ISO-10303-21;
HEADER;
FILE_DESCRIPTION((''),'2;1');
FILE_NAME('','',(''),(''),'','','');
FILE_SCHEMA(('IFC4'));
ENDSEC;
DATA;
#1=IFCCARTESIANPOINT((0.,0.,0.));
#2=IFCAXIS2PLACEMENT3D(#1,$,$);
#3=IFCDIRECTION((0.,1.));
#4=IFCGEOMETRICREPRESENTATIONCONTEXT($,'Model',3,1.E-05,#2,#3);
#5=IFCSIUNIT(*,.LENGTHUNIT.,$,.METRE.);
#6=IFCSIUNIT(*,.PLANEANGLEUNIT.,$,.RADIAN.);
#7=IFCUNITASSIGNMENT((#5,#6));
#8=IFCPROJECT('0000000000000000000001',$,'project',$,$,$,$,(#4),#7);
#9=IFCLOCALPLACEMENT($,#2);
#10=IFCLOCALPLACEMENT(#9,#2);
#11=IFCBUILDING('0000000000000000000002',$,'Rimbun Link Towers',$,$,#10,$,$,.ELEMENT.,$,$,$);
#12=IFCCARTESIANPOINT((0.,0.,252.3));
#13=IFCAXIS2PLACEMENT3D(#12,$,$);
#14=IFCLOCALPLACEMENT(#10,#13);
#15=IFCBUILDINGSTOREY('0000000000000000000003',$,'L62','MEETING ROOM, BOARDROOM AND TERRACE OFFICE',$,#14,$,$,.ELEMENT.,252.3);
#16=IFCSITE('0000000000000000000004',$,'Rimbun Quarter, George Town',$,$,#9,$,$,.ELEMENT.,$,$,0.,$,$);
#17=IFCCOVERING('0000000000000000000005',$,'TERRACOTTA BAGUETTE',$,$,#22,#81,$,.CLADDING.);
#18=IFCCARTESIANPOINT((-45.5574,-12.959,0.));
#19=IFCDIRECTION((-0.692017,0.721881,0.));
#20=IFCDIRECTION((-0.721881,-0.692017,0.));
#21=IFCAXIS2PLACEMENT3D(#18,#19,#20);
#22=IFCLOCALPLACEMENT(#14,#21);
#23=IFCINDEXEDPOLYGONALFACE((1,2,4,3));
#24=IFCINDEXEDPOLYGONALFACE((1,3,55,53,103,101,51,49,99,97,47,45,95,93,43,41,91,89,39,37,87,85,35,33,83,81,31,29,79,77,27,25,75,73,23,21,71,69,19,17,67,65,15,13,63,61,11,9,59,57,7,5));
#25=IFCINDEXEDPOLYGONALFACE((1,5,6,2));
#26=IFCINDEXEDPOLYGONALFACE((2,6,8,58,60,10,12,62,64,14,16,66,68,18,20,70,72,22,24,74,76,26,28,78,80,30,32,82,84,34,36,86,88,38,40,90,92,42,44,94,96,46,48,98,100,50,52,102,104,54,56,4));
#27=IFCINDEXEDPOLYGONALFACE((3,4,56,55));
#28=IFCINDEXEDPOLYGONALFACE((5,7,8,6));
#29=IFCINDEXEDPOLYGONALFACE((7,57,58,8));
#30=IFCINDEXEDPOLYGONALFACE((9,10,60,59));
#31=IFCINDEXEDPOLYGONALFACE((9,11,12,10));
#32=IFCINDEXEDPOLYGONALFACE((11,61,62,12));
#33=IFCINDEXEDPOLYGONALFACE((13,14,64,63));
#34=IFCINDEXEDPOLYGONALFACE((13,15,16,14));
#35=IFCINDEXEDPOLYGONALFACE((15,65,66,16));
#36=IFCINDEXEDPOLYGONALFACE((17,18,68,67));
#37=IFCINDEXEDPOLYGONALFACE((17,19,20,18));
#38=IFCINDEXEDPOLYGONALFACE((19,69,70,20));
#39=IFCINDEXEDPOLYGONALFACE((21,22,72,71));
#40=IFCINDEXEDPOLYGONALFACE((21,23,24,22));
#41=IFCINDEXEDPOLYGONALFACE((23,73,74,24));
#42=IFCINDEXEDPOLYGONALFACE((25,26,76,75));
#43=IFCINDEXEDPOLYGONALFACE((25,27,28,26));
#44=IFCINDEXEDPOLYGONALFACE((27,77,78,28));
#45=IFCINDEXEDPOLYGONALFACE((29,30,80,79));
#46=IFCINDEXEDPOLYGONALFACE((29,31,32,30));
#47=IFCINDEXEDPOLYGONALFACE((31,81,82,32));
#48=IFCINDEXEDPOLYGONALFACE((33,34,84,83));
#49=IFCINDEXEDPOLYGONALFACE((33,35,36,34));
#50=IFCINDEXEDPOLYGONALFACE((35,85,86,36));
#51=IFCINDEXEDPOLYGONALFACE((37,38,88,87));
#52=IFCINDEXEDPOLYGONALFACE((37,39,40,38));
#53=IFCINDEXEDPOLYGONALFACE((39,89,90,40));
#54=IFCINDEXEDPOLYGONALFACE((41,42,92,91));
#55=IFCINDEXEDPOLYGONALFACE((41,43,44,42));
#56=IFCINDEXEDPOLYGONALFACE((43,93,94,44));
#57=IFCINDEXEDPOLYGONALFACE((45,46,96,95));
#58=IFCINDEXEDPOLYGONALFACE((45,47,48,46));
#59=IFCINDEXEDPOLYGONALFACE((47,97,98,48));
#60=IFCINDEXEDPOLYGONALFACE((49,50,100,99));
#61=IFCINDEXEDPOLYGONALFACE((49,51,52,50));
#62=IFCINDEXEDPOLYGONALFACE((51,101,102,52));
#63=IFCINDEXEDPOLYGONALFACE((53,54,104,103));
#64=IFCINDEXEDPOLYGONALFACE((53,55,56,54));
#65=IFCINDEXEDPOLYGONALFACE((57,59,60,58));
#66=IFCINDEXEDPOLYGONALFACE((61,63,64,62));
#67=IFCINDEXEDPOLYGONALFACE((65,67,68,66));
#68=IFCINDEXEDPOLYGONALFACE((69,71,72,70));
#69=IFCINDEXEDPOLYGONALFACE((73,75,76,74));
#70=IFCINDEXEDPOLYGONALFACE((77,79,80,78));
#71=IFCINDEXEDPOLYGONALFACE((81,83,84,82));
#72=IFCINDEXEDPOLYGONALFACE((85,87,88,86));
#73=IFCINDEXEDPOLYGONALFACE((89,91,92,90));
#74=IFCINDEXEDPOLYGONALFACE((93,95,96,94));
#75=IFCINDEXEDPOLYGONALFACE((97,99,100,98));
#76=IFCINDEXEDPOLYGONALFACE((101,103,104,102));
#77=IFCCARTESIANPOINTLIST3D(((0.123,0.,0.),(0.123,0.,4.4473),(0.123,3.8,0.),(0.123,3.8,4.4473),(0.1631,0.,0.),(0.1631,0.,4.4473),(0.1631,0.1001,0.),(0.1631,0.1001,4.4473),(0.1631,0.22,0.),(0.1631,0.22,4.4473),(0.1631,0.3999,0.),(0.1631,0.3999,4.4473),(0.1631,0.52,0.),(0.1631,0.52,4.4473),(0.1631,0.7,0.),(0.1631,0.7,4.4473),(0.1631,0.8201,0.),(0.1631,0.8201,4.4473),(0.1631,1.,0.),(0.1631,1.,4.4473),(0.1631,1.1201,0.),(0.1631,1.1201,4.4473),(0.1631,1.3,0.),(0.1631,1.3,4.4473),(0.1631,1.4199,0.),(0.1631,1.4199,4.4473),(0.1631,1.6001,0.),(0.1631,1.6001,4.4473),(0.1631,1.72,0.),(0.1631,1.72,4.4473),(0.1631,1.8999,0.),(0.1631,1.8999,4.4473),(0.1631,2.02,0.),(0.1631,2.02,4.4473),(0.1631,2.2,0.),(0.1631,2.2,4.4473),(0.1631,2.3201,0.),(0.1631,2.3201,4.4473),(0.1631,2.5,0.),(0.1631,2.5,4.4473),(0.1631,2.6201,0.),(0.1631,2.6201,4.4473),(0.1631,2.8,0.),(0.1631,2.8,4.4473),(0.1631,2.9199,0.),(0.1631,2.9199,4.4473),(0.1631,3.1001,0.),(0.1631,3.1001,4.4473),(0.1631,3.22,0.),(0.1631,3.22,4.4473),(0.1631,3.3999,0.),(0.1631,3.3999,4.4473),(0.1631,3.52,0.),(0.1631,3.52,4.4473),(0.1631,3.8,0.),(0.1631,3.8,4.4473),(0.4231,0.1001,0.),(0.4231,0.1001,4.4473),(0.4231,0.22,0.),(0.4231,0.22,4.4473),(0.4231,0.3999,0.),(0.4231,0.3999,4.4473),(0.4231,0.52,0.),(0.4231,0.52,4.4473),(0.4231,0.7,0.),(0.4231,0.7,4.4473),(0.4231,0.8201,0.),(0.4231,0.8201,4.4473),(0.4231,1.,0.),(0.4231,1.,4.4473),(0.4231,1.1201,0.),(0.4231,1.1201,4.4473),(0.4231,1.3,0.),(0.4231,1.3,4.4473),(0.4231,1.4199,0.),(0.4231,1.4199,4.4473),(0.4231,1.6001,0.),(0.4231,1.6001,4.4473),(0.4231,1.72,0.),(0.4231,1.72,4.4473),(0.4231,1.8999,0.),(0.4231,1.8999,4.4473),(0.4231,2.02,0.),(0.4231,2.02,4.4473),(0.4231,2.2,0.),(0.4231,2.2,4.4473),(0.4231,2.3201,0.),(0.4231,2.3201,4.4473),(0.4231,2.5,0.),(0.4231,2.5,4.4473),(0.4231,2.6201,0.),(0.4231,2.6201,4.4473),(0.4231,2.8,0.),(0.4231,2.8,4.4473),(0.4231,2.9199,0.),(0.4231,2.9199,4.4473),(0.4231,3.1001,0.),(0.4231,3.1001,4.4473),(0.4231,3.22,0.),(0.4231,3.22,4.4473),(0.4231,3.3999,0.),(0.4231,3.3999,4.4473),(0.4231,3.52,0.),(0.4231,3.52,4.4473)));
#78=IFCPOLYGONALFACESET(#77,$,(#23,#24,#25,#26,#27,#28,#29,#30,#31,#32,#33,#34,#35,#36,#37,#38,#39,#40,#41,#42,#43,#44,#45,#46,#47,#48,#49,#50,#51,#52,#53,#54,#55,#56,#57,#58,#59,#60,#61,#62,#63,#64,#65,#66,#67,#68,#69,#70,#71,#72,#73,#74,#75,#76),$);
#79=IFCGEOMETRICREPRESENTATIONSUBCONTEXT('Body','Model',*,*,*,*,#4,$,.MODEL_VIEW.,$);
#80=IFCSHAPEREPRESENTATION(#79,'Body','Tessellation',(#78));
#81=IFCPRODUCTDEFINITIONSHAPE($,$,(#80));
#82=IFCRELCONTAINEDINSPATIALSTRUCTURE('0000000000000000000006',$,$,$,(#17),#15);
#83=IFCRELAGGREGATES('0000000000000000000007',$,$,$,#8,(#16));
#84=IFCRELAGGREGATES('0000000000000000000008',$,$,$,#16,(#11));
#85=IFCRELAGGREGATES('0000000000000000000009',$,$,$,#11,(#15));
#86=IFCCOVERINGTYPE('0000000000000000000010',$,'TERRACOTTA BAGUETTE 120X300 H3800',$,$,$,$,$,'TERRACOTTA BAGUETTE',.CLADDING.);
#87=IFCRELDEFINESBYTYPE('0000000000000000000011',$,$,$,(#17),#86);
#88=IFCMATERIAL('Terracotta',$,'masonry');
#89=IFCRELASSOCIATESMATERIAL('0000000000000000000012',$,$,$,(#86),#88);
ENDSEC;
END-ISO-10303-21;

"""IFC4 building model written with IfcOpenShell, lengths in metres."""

from ifc_helpers import new_model, si_unit, direction, frame, origin, place, context, subcontext, project, spatial, polyline, outline, extrude, material, material_profile, profile_set, type_object, element, save


model = new_model("IFC4")

# Units and contexts
model_context = context("Model", 3, precision=1e-05, world=origin(), true_north=direction((0.0, 1.0)))
body_context = subcontext(model_context, "Body", "Model", "MODEL_VIEW")
ifc_project = project(units=[si_unit("LENGTHUNIT", "METRE"), si_unit("PLANEANGLEUNIT", "RADIAN")], contexts=[model_context])

# Site, building, storey
site_placement = place(None, origin())
site = spatial("IfcSite", under=ifc_project, at=site_placement, Name="Rimbun Quarter, George Town", CompositionType="ELEMENT", RefElevation=0.0)
building_placement = place(site_placement, origin())
building = spatial("IfcBuilding", under=site, at=building_placement, Name="Rimbun Link Towers", CompositionType="ELEMENT")
storey_placement = place(building_placement, frame((0.0, 0.0, 252.3)))
storey = spatial("IfcBuildingStorey", under=building, at=storey_placement, Name="L62", Description="MEETING ROOM, BOARDROOM AND TERRACE OFFICE", CompositionType="ELEMENT", Elevation=252.3)

# Covering
ifc_material_1 = material(Name="Terracotta", Category="masonry")
ifc_material_profile_1 = material_profile(ifc_material_1, outline(polyline([(0.123, 0.0), (0.1631, 0.0), (0.1631, 0.1001), (0.4231, 0.1001), (0.4231, 0.22), (0.1631, 0.22), (0.1631, 0.3999), (0.4231, 0.3999), (0.4231, 0.52), (0.1631, 0.52), (0.1631, 0.7), (0.4231, 0.7), (0.4231, 0.8201), (0.1631, 0.8201), (0.1631, 1.0), (0.4231, 1.0), (0.4231, 1.1201), (0.1631, 1.1201), (0.1631, 1.3), (0.4231, 1.3), (0.4231, 1.4199), (0.1631, 1.4199), (0.1631, 1.6001), (0.4231, 1.6001), (0.4231, 1.72), (0.1631, 1.72), (0.1631, 1.8999), (0.4231, 1.8999), (0.4231, 2.02), (0.1631, 2.02), (0.1631, 2.2), (0.4231, 2.2), (0.4231, 2.3201), (0.1631, 2.3201), (0.1631, 2.5), (0.4231, 2.5), (0.4231, 2.6201), (0.1631, 2.6201), (0.1631, 2.8), (0.4231, 2.8), (0.4231, 2.9199), (0.1631, 2.9199), (0.1631, 3.1001), (0.4231, 3.1001), (0.4231, 3.22), (0.1631, 3.22), (0.1631, 3.3999), (0.4231, 3.3999), (0.4231, 3.52), (0.1631, 3.52), (0.1631, 3.8), (0.123, 3.8), (0.123, 0.0)])), Name="BAGUETTE 120X300")
ifc_profile_set_1 = profile_set([ifc_material_profile_1], Name="Terracotta")
covering_type = type_object("IfcCoveringType", Name="TERRACOTTA BAGUETTE 120X300 H3800", ElementType="TERRACOTTA BAGUETTE", PredefinedType="CLADDING", material=ifc_profile_set_1)
covering_1_placement = place(storey_placement, frame((-45.5574, -12.959, 0.0), z_axis=(-0.692017, 0.721881, 0.0), x_axis=(-0.721881, -0.692017, 0.0)))
element("IfcCovering", 1, at=covering_1_placement, inside=storey, type_object=covering_type, Name="TERRACOTTA BAGUETTE", PredefinedType="CLADDING", context=body_context, shape_type="SweptSolid", body=[
    extrude(outline(polyline([(0.123, 0.0), (0.1631, 0.0), (0.1631, 0.1001), (0.4231, 0.1001), (0.4231, 0.22), (0.1631, 0.22), (0.1631, 0.3999), (0.4231, 0.3999), (0.4231, 0.52), (0.1631, 0.52), (0.1631, 0.7), (0.4231, 0.7), (0.4231, 0.8201), (0.1631, 0.8201), (0.1631, 1.0), (0.4231, 1.0), (0.4231, 1.1201), (0.1631, 1.1201), (0.1631, 1.3), (0.4231, 1.3), (0.4231, 1.4199), (0.1631, 1.4199), (0.1631, 1.6001), (0.4231, 1.6001), (0.4231, 1.72), (0.1631, 1.72), (0.1631, 1.8999), (0.4231, 1.8999), (0.4231, 2.02), (0.1631, 2.02), (0.1631, 2.2), (0.4231, 2.2), (0.4231, 2.3201), (0.1631, 2.3201), (0.1631, 2.5), (0.4231, 2.5), (0.4231, 2.6201), (0.1631, 2.6201), (0.1631, 2.8), (0.4231, 2.8), (0.4231, 2.9199), (0.1631, 2.9199), (0.1631, 3.1001), (0.4231, 3.1001), (0.4231, 3.22), (0.1631, 3.22), (0.1631, 3.3999), (0.4231, 3.3999), (0.4231, 3.52), (0.1631, 3.52), (0.1631, 3.8), (0.123, 3.8), (0.123, 0.0)])), origin(), (0.0, 0.0, 1.0), 4.4473),
])

save(model, "model.ifc")
